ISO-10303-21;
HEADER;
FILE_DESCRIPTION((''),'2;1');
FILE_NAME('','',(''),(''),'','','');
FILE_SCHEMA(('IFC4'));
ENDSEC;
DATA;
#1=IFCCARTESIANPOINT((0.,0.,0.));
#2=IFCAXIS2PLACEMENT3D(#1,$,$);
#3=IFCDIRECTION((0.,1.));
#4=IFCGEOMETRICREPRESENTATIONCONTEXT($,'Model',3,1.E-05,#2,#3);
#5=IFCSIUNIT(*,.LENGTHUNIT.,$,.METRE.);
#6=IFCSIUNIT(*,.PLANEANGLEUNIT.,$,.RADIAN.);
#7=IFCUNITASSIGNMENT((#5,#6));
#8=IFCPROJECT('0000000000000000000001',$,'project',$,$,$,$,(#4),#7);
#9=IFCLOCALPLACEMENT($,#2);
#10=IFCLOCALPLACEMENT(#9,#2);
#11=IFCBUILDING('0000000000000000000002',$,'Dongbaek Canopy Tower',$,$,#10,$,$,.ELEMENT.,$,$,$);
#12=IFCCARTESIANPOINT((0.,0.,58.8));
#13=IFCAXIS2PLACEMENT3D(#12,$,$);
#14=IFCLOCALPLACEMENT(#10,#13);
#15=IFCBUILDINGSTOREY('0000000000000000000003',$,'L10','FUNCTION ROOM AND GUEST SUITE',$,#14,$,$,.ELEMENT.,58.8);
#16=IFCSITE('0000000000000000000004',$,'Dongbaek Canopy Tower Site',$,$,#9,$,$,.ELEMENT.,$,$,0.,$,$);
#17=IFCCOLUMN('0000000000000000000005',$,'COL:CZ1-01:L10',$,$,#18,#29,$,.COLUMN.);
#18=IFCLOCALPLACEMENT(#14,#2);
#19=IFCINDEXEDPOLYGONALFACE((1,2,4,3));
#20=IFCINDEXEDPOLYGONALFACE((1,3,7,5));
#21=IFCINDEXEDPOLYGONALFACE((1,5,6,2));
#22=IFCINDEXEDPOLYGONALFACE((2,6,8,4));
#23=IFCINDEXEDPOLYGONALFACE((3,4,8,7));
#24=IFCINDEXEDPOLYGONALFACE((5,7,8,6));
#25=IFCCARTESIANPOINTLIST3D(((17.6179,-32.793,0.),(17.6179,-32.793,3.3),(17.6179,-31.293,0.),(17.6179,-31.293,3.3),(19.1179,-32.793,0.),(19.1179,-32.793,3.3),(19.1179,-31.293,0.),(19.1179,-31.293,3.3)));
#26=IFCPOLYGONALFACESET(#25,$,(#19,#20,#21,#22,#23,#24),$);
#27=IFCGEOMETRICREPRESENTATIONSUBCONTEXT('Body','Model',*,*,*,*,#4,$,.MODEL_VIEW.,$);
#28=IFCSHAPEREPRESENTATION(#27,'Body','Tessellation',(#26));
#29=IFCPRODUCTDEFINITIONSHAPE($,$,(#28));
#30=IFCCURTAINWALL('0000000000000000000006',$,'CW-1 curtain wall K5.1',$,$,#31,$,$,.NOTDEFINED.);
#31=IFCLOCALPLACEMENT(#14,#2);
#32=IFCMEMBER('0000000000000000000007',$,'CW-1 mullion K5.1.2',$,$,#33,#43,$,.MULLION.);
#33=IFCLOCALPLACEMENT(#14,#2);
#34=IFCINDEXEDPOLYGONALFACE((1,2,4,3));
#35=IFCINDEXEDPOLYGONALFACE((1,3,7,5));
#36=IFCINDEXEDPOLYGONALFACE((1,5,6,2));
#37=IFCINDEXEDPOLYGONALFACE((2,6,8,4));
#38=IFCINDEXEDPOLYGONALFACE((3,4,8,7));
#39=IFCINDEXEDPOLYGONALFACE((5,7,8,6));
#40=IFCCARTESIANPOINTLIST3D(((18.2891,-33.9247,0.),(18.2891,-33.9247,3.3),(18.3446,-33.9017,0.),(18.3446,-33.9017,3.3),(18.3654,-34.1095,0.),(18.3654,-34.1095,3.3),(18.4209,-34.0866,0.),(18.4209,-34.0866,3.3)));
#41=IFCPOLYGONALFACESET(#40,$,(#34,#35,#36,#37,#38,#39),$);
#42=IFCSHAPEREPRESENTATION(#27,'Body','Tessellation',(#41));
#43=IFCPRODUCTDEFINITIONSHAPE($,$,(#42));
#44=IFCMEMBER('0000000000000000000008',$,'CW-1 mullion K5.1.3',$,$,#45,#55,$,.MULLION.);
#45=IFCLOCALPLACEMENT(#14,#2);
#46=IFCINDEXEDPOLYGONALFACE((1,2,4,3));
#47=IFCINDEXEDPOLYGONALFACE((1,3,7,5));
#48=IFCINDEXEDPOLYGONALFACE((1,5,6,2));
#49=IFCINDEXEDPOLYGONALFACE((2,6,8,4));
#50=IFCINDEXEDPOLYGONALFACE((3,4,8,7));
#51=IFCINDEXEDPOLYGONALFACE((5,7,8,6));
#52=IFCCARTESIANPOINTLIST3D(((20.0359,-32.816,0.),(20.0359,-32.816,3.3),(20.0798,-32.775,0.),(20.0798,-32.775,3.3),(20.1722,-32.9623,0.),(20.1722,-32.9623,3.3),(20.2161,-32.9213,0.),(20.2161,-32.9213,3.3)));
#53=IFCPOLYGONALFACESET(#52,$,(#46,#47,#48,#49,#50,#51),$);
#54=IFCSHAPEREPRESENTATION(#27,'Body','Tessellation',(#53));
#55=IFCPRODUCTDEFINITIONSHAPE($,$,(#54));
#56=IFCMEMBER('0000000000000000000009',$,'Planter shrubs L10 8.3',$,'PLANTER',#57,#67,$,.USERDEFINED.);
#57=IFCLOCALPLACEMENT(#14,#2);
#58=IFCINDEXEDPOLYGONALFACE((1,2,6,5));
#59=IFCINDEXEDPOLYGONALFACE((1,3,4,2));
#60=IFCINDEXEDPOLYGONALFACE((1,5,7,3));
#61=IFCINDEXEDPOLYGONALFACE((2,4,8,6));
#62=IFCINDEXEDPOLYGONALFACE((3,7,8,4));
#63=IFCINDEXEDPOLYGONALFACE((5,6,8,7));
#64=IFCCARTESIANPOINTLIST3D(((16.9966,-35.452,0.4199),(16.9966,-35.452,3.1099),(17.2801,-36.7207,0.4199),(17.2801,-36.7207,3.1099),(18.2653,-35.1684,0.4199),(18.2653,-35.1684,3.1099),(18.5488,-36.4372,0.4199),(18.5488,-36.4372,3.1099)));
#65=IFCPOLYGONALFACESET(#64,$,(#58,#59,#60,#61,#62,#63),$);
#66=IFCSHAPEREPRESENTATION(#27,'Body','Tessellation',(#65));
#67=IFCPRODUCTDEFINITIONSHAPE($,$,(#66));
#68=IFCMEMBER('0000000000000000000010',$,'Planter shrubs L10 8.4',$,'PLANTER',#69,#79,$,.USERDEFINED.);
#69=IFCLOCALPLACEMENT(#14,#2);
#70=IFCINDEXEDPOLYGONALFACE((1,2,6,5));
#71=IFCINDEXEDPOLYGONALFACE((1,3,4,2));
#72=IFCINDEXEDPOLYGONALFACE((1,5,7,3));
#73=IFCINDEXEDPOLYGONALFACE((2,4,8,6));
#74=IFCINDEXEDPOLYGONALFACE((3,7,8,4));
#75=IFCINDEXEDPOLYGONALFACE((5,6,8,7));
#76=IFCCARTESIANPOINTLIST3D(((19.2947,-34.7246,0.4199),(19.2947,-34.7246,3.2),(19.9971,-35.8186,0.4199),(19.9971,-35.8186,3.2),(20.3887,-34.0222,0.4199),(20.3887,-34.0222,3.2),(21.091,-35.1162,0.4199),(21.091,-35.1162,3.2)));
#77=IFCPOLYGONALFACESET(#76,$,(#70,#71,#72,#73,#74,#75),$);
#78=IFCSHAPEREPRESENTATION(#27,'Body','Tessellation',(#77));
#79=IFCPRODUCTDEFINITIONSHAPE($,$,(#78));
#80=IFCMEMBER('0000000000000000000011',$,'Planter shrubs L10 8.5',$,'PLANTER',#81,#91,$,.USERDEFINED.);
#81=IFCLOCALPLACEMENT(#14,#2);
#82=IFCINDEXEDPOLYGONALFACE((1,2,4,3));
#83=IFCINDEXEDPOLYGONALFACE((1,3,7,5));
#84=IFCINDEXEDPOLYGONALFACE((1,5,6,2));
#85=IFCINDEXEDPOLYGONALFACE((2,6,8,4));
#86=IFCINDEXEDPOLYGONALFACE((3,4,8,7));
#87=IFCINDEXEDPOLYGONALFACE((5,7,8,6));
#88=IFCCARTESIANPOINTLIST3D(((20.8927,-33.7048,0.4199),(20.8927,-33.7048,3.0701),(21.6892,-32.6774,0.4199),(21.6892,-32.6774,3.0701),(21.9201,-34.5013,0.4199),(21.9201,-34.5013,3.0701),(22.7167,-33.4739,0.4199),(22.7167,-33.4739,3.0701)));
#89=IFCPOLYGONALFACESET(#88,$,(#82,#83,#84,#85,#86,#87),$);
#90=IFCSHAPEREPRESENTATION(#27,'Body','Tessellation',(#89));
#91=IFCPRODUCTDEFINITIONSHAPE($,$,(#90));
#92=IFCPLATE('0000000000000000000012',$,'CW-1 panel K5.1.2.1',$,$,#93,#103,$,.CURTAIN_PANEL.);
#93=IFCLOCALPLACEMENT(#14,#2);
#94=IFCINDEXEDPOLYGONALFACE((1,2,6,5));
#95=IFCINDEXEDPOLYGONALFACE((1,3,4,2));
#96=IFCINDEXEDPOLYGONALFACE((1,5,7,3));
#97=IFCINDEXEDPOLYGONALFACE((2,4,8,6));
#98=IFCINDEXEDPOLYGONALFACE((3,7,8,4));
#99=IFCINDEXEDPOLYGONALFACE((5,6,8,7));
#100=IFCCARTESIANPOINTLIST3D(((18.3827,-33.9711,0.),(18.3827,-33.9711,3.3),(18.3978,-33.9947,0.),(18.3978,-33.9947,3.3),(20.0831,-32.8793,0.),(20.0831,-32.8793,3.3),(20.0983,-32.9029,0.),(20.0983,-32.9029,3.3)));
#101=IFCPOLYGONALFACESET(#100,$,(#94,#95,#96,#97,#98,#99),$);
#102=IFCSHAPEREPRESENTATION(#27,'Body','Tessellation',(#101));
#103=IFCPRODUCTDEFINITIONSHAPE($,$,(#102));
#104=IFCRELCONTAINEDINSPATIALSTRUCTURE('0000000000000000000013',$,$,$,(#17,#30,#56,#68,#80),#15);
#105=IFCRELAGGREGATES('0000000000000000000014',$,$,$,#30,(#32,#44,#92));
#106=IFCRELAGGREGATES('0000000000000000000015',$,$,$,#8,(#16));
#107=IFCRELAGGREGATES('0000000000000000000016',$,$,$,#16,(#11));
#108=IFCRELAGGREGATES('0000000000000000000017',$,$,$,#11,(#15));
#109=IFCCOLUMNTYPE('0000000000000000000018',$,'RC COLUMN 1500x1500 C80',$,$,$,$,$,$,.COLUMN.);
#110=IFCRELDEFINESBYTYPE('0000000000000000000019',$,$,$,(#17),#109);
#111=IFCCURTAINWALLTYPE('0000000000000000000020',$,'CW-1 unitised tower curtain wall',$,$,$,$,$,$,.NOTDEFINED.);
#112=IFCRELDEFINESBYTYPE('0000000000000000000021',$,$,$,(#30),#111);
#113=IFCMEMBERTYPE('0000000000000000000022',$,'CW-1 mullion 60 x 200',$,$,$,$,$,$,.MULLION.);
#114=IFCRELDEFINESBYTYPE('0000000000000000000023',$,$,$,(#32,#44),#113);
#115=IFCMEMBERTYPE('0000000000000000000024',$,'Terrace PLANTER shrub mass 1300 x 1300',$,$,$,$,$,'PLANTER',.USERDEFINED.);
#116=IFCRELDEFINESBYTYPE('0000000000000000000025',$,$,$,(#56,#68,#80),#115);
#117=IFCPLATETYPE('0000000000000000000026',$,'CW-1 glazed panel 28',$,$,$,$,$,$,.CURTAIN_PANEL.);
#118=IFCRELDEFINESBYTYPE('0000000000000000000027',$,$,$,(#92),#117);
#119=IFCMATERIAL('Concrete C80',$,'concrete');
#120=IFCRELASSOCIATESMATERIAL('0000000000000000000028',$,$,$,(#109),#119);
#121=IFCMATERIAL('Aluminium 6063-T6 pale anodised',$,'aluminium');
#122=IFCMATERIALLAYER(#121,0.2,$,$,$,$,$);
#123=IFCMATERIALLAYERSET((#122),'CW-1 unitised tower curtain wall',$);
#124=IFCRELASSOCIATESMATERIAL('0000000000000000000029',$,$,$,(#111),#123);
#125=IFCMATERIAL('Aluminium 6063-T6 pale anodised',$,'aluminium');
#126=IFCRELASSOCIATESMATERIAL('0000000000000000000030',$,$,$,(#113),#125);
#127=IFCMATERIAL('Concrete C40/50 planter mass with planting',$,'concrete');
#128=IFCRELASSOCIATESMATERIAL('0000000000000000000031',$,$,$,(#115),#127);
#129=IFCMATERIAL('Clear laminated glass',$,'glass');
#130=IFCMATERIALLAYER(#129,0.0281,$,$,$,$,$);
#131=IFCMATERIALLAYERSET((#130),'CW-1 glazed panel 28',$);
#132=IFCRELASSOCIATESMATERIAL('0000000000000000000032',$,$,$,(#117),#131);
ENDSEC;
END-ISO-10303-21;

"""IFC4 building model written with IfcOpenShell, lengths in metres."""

from ifc_helpers import new_model, si_unit, direction, frame, origin, origin_2d, place, context, subcontext, project, spatial, rectangle, extrude, material, layer, layer_set, material_profile, profile_set, type_object, element, aggregate, save


model = new_model("IFC4")

# Units and contexts
model_context = context("Model", 3, precision=1e-05, world=origin(), true_north=direction((0.0, 1.0)))
body_context = subcontext(model_context, "Body", "Model", "MODEL_VIEW")
ifc_project = project(units=[si_unit("LENGTHUNIT", "METRE"), si_unit("PLANEANGLEUNIT", "RADIAN")], contexts=[model_context])

# Site, building, storey
site_placement = place(None, origin())
site = spatial("IfcSite", under=ifc_project, at=site_placement, Name="Dongbaek Canopy Tower Site", CompositionType="ELEMENT", RefElevation=0.0)
building_placement = place(site_placement, origin())
building = spatial("IfcBuilding", under=site, at=building_placement, Name="Dongbaek Canopy Tower", CompositionType="ELEMENT")
storey_placement = place(building_placement, frame((0.0, 0.0, 58.8)))
storey = spatial("IfcBuildingStorey", under=building, at=storey_placement, Name="L10", Description="FUNCTION ROOM AND GUEST SUITE", CompositionType="ELEMENT", Elevation=58.8)

# Column
ifc_material_1 = material(Name="Concrete C80", Category="concrete")
ifc_material_profile_1 = material_profile(ifc_material_1, rectangle(XDim=1.5, YDim=1.5, at=origin_2d()), Name="RC COLUMN 1500x1500 C80")
ifc_profile_set_1 = profile_set([ifc_material_profile_1], Name="Concrete C80")
column_type = type_object("IfcColumnType", Name="RC COLUMN 1500x1500 C80", PredefinedType="COLUMN", material=ifc_profile_set_1)
column_placement = place(storey_placement, frame((18.3679, -32.043, 0.0), z_axis=(0.0, 0.0, 1.0), x_axis=(1.0, 0.0, 0.0)))
element("IfcColumn", 1, at=column_placement, inside=storey, type_object=column_type, Name="COL:CZ1-01:L10", PredefinedType="COLUMN", context=body_context, shape_type="SweptSolid", body=[
    extrude(rectangle(XDim=1.5, YDim=1.5, at=origin_2d()), origin(), (0.0, 0.0, 1.0), 3.3),
])

# Curtain wall, members
ifc_material_2 = material(Name="Aluminium 6063-T6 pale anodised", Category="aluminium")
ifc_layer_1 = layer(ifc_material_2, 0.2)
ifc_layer_set_1 = layer_set([ifc_layer_1], Name="CW-1 unitised tower curtain wall")
curtain_wall_type = type_object("IfcCurtainWallType", Name="CW-1 unitised tower curtain wall", PredefinedType="NOTDEFINED", material=ifc_layer_set_1)
curtain_wall_placement = place(storey_placement, origin())
curtain_wall = element("IfcCurtainWall", 2, at=curtain_wall_placement, inside=storey, type_object=curtain_wall_type, Name="CW-1 curtain wall K5.1", PredefinedType="NOTDEFINED")
ifc_material_3 = material(Name="Aluminium 6063-T6 pale anodised", Category="aluminium")
ifc_material_profile_2 = material_profile(ifc_material_3, rectangle(XDim=0.2, YDim=0.0601, at=origin_2d()), Name="CW-1 mullion 60 x 200")
ifc_profile_set_2 = profile_set([ifc_material_profile_2], Name="Aluminium 6063-T6 pale anodised")
member_type_1 = type_object("IfcMemberType", Name="CW-1 mullion 60 x 200", PredefinedType="MULLION", material=ifc_profile_set_2)
member_1_placement = place(storey_placement, frame((18.355, -34.0056, 0.0), z_axis=(0.0, 0.0, 1.0), x_axis=(0.381473, -0.92438, 0.0)))
member_1 = element("IfcMember", 3, at=member_1_placement, type_object=member_type_1, Name="CW-1 mullion K5.1.2", PredefinedType="MULLION", context=body_context, shape_type="SweptSolid", body=[
    extrude(rectangle(XDim=0.2, YDim=0.0601, at=origin_2d()), origin(), (0.0, 0.0, 1.0), 3.3),
])
member_2_placement = place(storey_placement, frame((20.126, -32.8687, 0.0), z_axis=(0.0, 0.0, 1.0), x_axis=(0.681732, -0.731602, 0.0)))
member_2 = element("IfcMember", 4, at=member_2_placement, type_object=member_type_1, Name="CW-1 mullion K5.1.3", PredefinedType="MULLION", context=body_context, shape_type="SweptSolid", body=[
    extrude(rectangle(XDim=0.2, YDim=0.0601, at=origin_2d()), origin(), (0.0, 0.0, 1.0), 3.3),
])

# Members
ifc_material_4 = material(Name="Concrete C40/50 planter mass with planting", Category="concrete")
ifc_material_profile_3 = material_profile(ifc_material_4, rectangle(XDim=1.3, YDim=1.3, at=origin_2d()), Name="Terrace PLANTER shrub mass 1300 x 1300")
ifc_profile_set_3 = profile_set([ifc_material_profile_3], Name="Concrete C40/50 planter mass with planting")
member_type_2 = type_object("IfcMemberType", Name="Terrace PLANTER shrub mass 1300 x 1300", ElementType="PLANTER", PredefinedType="USERDEFINED", material=ifc_profile_set_3)
member_3_placement = place(storey_placement, frame((17.7727, -35.9446, 0.4199), z_axis=(0.0, 0.0, 1.0), x_axis=(0.218088, -0.975929, 0.0)))
element("IfcMember", 5, at=member_3_placement, inside=storey, type_object=member_type_2, Name="Planter shrubs L10 8.3", ObjectType="PLANTER", PredefinedType="USERDEFINED", context=body_context, shape_type="SweptSolid", body=[
    extrude(rectangle(XDim=1.3, YDim=1.3, at=origin_2d()), origin(), (0.0, 0.0, 1.0), 2.6899),
])
member_4_placement = place(storey_placement, frame((20.1929, -34.9204, 0.4199), z_axis=(0.0, 0.0, 1.0), x_axis=(0.54027, -0.841492, 0.0)))
element("IfcMember", 6, at=member_4_placement, inside=storey, type_object=member_type_2, Name="Planter shrubs L10 8.4", ObjectType="PLANTER", PredefinedType="USERDEFINED", context=body_context, shape_type="SweptSolid", body=[
    extrude(rectangle(XDim=1.3, YDim=1.3, at=origin_2d()), origin(), (0.0, 0.0, 1.0), 2.78),
])
member_5_placement = place(storey_placement, frame((21.8047, -33.5894, 0.4199), z_axis=(0.0, 0.0, 1.0), x_axis=(0.79032, -0.612695, 0.0)))
element("IfcMember", 7, at=member_5_placement, inside=storey, type_object=member_type_2, Name="Planter shrubs L10 8.5", ObjectType="PLANTER", PredefinedType="USERDEFINED", context=body_context, shape_type="SweptSolid", body=[
    extrude(rectangle(XDim=1.3, YDim=1.3, at=origin_2d()), origin(), (0.0, 0.0, 1.0), 2.6501),
])

# Plate
ifc_material_5 = material(Name="Clear laminated glass", Category="glass")
ifc_layer_2 = layer(ifc_material_5, 0.0281)
ifc_layer_set_2 = layer_set([ifc_layer_2], Name="CW-1 glazed panel 28")
plate_type = type_object("IfcPlateType", Name="CW-1 glazed panel 28", PredefinedType="CURTAIN_PANEL", material=ifc_layer_set_2)
plate_placement = place(storey_placement, frame((19.2405, -33.437, 0.0), z_axis=(0.0, 0.0, 1.0), x_axis=(0.841492, 0.54027, 0.0)))
plate = element("IfcPlate", 8, at=plate_placement, type_object=plate_type, Name="CW-1 panel K5.1.2.1", PredefinedType="CURTAIN_PANEL", context=body_context, shape_type="SweptSolid", body=[
    extrude(rectangle(XDim=2.0208, YDim=0.0281, at=origin_2d()), origin(), (0.0, 0.0, 1.0), 3.3),
])
aggregate(curtain_wall, [member_1, member_2, plate])

save(model, "model.ifc")
